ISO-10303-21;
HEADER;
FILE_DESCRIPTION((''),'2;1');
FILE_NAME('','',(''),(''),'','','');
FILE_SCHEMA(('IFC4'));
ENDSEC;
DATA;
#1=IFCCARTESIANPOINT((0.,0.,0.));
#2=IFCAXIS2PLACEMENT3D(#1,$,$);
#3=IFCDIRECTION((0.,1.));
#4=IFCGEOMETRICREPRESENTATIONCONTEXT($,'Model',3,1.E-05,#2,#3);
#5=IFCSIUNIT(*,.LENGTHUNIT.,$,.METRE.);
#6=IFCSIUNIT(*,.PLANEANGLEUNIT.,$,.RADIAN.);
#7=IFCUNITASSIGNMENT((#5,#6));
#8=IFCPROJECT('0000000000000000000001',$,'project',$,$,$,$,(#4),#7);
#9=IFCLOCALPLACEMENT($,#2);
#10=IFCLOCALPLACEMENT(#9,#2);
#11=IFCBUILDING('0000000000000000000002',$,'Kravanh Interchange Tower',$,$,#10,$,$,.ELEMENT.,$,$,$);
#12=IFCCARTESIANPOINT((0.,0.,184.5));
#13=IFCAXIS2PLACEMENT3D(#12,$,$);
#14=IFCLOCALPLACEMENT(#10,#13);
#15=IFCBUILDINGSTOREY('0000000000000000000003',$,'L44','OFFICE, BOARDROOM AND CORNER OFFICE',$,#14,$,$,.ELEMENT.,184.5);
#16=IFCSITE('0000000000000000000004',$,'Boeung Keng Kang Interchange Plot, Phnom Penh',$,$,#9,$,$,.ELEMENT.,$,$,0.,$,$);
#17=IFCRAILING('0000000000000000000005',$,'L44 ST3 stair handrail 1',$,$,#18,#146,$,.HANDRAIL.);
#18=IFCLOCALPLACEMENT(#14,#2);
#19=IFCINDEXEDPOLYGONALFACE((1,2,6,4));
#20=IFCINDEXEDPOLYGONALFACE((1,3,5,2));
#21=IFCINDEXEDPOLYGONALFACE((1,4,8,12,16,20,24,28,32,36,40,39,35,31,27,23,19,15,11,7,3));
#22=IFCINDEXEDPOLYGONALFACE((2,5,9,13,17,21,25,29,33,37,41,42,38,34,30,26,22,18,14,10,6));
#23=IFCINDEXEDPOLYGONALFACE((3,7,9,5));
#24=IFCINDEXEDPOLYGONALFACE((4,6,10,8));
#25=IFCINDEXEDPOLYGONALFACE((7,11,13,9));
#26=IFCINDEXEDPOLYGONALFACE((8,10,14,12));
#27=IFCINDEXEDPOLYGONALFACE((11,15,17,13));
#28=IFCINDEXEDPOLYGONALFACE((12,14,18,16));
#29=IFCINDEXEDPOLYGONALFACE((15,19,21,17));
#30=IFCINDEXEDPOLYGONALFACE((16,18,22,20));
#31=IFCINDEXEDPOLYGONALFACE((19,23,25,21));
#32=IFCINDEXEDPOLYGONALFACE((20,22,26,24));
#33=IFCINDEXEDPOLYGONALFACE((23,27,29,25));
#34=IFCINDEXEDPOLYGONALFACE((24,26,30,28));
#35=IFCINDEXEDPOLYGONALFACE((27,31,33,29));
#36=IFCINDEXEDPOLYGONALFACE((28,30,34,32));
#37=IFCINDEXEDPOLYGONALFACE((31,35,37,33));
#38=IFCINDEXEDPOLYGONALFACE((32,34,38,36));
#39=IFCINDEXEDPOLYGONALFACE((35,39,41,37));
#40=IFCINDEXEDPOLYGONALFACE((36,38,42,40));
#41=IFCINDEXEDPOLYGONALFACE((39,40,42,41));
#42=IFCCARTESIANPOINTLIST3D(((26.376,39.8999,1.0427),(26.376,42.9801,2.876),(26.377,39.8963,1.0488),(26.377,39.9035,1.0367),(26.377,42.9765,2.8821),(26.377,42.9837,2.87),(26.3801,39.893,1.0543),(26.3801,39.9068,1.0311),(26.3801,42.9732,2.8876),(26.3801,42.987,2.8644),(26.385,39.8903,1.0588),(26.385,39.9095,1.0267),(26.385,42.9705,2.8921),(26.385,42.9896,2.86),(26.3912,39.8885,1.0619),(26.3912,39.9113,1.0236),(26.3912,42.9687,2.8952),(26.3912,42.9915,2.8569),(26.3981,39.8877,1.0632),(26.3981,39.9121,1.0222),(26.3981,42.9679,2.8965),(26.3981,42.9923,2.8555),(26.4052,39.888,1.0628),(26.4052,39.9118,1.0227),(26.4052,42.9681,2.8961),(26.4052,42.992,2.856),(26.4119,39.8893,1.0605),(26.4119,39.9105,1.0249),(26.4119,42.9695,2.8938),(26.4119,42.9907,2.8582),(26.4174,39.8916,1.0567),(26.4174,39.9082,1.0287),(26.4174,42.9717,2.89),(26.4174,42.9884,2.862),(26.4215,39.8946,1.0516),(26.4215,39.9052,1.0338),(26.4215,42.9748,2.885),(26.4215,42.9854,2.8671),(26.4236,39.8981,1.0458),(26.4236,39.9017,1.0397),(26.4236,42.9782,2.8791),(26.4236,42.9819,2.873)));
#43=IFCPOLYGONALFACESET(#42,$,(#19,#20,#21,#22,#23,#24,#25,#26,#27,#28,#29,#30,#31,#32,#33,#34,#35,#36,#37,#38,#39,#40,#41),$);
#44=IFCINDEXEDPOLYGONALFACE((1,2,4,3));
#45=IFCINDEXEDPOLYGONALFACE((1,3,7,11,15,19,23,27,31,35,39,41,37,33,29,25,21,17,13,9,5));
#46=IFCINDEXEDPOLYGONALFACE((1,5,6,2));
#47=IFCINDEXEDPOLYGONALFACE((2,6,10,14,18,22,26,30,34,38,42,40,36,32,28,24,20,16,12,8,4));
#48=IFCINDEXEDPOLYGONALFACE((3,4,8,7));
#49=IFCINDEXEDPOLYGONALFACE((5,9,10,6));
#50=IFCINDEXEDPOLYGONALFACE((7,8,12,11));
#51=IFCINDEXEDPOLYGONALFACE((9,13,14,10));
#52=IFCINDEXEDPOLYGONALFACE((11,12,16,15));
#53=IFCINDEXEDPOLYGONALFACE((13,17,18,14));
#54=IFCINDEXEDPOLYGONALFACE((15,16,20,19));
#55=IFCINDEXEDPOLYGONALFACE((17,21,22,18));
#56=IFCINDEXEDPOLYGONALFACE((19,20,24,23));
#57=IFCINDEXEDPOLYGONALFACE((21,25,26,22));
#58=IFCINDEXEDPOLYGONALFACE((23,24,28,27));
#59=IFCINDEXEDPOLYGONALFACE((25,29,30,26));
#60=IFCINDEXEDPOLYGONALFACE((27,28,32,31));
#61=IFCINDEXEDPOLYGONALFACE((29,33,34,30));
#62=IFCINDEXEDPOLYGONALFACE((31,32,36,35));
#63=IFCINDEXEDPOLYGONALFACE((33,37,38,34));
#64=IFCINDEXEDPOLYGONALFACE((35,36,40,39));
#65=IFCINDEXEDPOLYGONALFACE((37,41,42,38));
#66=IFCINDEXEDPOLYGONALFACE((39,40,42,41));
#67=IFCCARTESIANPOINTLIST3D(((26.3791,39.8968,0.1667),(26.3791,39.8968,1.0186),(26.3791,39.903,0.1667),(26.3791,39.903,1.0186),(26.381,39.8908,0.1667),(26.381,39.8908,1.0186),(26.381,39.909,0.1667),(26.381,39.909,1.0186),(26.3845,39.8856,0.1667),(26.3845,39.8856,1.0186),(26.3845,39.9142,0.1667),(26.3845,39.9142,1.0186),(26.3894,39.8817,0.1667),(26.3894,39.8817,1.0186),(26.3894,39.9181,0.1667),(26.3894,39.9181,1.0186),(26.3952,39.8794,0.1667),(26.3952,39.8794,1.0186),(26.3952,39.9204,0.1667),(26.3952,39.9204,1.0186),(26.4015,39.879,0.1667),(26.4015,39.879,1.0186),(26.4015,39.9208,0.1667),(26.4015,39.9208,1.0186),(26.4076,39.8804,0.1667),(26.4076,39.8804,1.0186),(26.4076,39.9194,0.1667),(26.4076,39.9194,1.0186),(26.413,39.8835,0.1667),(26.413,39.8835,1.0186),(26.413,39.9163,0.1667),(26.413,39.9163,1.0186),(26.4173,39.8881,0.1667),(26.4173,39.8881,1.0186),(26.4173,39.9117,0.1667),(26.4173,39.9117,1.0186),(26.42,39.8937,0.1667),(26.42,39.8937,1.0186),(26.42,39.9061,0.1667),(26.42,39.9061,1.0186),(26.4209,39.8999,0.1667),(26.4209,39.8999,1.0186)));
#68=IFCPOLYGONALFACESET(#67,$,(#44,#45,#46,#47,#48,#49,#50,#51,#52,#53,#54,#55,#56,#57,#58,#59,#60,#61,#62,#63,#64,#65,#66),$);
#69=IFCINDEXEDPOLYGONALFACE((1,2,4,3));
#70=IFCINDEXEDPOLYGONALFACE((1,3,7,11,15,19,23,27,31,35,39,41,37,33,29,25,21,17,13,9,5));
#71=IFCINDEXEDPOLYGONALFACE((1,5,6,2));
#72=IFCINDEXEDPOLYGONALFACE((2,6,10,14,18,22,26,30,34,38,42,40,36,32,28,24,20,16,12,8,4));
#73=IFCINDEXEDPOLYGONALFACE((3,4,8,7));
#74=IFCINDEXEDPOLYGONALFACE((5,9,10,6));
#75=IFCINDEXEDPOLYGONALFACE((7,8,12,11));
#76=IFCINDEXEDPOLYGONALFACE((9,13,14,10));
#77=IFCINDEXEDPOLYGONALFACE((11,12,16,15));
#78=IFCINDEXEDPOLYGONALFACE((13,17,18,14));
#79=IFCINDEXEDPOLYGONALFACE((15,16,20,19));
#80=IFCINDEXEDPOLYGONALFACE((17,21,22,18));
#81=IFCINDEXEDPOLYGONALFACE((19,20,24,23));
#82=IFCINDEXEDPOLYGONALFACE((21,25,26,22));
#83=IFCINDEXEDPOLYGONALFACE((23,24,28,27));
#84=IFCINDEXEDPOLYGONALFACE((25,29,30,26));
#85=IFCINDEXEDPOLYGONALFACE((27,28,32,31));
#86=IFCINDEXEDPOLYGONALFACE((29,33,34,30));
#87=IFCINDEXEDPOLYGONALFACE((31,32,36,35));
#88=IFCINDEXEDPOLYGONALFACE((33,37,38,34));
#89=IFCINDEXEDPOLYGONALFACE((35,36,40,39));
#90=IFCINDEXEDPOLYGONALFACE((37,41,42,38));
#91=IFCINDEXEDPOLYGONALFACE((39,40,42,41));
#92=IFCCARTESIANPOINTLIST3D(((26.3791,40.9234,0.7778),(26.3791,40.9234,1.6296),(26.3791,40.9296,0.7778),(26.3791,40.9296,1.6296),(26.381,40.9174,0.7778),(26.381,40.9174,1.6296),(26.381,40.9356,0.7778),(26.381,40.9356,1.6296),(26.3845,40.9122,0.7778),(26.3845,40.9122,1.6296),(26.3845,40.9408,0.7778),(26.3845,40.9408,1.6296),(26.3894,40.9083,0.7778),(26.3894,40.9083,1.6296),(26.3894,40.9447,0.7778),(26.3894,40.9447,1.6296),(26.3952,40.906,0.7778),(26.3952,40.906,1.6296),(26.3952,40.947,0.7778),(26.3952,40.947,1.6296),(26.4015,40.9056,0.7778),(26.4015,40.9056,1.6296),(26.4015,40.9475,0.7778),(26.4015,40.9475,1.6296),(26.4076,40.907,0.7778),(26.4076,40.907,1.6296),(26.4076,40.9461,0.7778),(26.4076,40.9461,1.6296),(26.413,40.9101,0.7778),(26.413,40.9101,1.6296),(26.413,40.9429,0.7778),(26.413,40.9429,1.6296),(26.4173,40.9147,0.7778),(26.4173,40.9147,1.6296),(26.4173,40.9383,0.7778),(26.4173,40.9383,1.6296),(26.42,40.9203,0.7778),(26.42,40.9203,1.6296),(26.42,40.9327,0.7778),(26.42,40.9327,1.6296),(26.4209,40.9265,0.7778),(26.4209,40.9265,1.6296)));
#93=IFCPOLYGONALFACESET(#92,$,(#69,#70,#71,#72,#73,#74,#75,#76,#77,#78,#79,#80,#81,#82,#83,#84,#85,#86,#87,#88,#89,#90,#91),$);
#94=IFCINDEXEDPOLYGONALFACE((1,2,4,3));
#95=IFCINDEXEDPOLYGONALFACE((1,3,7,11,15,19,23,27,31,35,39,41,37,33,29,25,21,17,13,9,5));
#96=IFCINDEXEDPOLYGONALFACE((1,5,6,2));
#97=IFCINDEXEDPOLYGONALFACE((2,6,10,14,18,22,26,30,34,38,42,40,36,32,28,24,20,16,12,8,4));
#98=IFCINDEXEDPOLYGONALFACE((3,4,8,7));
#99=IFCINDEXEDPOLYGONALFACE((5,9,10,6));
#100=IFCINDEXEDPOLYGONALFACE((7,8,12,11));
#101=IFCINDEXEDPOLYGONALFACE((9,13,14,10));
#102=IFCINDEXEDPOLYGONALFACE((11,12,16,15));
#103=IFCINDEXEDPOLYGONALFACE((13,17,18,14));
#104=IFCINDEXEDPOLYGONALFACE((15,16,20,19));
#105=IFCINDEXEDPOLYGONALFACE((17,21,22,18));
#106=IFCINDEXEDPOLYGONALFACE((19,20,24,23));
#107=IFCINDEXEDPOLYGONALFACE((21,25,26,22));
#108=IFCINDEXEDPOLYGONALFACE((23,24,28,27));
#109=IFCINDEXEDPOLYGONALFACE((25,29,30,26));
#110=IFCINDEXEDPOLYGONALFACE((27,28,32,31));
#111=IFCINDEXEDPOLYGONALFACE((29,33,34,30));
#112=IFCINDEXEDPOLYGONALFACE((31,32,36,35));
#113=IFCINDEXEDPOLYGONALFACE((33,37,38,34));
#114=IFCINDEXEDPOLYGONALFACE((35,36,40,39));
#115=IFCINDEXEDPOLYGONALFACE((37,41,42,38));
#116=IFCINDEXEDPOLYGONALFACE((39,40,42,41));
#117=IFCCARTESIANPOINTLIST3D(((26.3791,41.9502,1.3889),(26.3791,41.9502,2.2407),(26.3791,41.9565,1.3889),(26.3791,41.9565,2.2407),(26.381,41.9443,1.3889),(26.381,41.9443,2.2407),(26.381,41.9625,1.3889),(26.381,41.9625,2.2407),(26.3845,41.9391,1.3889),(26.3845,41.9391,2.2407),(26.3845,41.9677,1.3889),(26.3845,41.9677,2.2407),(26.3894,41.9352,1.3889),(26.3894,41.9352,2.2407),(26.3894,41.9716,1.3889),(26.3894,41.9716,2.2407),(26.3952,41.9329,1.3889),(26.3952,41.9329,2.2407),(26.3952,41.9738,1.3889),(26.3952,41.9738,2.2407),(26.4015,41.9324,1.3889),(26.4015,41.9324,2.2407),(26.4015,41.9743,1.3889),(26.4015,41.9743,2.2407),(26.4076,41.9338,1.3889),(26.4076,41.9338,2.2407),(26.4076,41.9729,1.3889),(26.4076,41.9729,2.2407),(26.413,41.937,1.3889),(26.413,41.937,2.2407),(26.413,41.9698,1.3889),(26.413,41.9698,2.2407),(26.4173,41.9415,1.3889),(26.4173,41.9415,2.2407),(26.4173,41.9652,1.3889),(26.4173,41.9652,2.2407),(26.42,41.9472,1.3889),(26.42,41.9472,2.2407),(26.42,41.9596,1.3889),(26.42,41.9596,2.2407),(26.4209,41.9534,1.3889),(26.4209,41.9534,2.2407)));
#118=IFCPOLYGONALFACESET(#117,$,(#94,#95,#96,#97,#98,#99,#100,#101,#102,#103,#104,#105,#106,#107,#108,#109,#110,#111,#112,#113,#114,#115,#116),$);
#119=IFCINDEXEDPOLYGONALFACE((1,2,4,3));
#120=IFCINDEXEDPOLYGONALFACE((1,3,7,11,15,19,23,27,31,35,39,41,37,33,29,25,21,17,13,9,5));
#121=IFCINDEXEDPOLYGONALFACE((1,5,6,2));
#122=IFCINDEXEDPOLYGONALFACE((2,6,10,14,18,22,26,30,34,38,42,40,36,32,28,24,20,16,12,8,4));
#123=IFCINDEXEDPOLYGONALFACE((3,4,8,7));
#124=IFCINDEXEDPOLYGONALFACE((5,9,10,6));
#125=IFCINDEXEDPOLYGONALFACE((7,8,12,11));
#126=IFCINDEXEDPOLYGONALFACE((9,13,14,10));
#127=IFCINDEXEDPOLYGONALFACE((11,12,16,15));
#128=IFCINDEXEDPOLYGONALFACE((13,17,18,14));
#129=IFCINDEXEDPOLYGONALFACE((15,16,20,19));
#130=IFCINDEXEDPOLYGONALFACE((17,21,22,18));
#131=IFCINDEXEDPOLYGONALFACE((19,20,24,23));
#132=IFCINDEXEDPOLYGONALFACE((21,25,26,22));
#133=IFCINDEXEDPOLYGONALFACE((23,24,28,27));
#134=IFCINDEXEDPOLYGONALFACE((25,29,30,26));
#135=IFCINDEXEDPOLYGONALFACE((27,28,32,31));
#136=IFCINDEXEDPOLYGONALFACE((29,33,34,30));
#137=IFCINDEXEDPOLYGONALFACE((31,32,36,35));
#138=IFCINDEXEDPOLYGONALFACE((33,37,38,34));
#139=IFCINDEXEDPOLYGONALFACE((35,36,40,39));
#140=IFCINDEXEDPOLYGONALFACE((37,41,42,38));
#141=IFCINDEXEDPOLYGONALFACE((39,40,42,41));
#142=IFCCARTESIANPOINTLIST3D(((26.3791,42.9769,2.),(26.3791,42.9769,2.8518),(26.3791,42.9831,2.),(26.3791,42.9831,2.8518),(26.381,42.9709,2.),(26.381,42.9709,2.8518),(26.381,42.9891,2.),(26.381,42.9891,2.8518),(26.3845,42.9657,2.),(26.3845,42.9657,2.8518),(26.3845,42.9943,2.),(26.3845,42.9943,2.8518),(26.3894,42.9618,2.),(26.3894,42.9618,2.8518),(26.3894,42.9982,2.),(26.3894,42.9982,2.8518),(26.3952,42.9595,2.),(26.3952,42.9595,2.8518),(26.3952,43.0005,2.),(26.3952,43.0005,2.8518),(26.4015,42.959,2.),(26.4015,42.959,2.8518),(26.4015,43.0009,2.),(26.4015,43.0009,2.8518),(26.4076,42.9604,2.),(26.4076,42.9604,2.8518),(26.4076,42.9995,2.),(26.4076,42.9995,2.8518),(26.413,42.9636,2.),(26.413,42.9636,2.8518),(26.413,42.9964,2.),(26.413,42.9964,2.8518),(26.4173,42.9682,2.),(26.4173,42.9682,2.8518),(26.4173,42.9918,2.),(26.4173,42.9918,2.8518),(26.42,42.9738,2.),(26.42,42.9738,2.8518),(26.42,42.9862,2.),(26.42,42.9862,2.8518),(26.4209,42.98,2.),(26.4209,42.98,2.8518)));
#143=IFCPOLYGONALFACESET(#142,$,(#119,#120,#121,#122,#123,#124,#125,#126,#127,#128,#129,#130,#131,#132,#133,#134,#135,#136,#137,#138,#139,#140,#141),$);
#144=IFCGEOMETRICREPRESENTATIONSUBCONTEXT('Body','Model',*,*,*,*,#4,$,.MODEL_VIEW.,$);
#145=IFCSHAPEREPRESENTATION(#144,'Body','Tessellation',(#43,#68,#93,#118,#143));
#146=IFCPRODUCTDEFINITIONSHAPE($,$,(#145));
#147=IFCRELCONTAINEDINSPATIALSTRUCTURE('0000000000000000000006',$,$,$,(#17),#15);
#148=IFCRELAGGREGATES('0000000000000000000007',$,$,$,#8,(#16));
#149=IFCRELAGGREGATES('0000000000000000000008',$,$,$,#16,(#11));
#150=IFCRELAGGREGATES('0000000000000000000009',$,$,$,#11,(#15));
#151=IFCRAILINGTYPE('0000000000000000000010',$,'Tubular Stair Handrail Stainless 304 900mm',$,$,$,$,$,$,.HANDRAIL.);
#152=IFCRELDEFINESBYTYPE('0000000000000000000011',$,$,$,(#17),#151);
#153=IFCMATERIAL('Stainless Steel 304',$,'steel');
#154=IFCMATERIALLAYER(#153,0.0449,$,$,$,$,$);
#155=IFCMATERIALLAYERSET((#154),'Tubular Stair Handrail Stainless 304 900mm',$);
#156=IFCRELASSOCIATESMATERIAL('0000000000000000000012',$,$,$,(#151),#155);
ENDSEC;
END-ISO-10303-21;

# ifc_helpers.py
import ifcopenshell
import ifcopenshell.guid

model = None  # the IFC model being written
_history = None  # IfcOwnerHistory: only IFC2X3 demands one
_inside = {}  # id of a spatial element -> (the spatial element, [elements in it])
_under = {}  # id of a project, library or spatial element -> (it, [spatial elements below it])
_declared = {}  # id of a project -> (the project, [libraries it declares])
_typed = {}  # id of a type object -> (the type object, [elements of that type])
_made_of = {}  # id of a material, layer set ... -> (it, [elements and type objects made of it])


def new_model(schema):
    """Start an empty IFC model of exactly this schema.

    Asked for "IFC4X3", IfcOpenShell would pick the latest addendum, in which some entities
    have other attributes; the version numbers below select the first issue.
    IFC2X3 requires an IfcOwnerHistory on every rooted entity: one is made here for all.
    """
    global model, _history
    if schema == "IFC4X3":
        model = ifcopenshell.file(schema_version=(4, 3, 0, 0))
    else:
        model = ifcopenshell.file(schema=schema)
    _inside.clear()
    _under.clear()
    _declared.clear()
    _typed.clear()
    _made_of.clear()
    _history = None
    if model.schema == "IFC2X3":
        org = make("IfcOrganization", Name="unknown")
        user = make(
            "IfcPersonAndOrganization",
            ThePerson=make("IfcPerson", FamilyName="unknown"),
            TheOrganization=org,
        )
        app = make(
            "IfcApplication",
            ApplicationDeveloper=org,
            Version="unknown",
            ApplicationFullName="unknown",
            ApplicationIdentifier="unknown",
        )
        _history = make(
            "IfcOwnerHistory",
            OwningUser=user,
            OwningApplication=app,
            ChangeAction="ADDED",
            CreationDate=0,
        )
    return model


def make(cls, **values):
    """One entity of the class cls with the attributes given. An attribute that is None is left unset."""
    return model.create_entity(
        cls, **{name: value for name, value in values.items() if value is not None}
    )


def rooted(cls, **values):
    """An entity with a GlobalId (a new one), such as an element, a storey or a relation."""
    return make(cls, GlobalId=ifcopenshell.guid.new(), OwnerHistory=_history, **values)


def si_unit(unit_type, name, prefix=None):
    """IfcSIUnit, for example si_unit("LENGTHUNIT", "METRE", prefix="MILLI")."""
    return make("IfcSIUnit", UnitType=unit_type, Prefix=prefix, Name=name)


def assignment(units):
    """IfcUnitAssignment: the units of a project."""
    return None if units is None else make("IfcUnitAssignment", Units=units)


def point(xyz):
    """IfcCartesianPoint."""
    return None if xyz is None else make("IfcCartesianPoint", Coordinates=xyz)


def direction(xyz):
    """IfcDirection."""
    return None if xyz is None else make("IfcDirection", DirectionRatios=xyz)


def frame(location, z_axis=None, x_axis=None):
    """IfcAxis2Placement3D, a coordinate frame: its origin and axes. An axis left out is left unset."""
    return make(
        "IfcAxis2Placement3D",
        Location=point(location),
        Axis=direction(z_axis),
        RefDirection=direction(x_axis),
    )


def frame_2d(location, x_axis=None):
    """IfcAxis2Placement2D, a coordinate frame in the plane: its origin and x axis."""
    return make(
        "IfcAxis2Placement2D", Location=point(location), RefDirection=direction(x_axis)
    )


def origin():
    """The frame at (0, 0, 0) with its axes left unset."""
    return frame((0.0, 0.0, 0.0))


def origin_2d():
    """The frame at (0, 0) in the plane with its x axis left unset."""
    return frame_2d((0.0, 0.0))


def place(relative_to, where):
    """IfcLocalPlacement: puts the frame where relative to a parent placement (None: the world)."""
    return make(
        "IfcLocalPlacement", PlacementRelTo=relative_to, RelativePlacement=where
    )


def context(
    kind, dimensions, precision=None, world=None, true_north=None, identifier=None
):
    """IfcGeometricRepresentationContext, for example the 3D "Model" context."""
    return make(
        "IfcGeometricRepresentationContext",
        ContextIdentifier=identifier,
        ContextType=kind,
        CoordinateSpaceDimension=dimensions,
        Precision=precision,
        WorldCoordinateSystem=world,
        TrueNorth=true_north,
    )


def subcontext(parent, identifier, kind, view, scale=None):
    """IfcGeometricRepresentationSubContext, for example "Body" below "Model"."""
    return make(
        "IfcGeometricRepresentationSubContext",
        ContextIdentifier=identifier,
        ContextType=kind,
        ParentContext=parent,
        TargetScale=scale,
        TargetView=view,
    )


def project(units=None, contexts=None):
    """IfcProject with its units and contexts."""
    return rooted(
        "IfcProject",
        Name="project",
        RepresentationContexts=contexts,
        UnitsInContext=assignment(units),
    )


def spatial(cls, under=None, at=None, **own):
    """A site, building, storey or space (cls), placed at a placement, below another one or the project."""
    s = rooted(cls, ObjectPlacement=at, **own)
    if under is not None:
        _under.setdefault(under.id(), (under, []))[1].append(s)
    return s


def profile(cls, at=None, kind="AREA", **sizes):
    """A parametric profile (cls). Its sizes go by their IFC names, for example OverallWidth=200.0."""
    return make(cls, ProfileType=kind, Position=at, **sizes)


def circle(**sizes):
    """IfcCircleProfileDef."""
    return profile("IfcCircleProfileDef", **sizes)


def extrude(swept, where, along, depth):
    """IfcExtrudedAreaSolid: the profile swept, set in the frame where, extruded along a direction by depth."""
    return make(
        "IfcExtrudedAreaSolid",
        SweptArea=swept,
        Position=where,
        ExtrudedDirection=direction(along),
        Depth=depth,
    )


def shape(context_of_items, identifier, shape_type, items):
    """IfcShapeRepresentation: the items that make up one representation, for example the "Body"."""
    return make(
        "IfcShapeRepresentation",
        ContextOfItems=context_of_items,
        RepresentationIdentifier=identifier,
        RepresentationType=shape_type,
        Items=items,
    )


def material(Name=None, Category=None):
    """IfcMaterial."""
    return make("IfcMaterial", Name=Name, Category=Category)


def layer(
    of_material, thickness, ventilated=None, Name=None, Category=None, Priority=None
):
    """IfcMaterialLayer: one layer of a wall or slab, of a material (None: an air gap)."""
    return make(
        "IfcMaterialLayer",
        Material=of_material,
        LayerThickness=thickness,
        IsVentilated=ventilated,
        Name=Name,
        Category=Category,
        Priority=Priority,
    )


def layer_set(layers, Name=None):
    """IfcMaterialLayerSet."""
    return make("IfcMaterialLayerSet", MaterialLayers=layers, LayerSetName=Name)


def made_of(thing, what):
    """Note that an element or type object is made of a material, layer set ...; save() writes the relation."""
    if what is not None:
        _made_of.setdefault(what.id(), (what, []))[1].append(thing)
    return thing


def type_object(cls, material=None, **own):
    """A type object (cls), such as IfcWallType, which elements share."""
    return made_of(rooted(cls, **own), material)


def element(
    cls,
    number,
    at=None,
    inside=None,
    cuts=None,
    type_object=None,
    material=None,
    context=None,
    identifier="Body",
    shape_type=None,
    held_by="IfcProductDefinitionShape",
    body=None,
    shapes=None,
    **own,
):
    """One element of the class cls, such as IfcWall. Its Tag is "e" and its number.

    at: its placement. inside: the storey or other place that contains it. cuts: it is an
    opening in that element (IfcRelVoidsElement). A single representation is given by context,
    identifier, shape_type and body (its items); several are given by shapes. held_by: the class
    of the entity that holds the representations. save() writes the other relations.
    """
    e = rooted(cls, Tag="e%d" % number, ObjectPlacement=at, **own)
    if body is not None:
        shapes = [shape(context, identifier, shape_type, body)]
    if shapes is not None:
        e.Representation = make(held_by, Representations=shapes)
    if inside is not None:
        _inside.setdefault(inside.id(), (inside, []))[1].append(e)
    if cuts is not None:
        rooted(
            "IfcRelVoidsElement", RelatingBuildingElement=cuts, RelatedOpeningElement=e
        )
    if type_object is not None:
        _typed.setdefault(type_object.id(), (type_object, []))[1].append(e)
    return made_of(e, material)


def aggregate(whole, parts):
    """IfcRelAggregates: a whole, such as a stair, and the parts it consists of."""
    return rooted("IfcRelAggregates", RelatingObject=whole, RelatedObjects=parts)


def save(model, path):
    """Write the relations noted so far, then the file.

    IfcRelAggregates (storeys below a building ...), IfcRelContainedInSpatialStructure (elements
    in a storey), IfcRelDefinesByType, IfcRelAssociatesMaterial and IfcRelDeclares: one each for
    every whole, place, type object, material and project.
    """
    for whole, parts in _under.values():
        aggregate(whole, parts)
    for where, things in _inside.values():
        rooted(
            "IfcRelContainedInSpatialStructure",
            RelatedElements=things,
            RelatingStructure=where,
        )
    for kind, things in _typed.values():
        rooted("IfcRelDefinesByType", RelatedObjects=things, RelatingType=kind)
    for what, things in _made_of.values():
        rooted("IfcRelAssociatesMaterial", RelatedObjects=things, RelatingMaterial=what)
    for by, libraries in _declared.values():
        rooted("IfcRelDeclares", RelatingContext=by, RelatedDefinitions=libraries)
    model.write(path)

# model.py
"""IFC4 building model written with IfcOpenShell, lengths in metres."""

from ifc_helpers import new_model, si_unit, direction, frame, origin, origin_2d, place, context, subcontext, project, spatial, circle, extrude, material, layer, layer_set, type_object, element, save


model = new_model("IFC4")

# Units and contexts
model_context = context("Model", 3, precision=1e-05, world=origin(), true_north=direction((0.0, 1.0)))
body_context = subcontext(model_context, "Body", "Model", "MODEL_VIEW")
ifc_project = project(units=[si_unit("LENGTHUNIT", "METRE"), si_unit("PLANEANGLEUNIT", "RADIAN")], contexts=[model_context])

# Site, building, storey
site_placement = place(None, origin())
site = spatial("IfcSite", under=ifc_project, at=site_placement, Name="Boeung Keng Kang Interchange Plot, Phnom Penh", CompositionType="ELEMENT", RefElevation=0.0)
building_placement = place(site_placement, origin())
building = spatial("IfcBuilding", under=site, at=building_placement, Name="Kravanh Interchange Tower", CompositionType="ELEMENT")
storey_placement = place(building_placement, frame((0.0, 0.0, 184.5)))
storey = spatial("IfcBuildingStorey", under=building, at=storey_placement, Name="L44", Description="OFFICE, BOARDROOM AND CORNER OFFICE", CompositionType="ELEMENT", Elevation=184.5)

# Railing
ifc_material_1 = material(Name="Stainless Steel 304", Category="steel")
ifc_layer_1 = layer(ifc_material_1, 0.0449)
ifc_layer_set_1 = layer_set([ifc_layer_1], Name="Tubular Stair Handrail Stainless 304 900mm")
railing_type_1 = type_object("IfcRailingType", Name="Tubular Stair Handrail Stainless 304 900mm", PredefinedType="HANDRAIL", material=ifc_layer_set_1)
railing_1_placement = place(storey_placement, frame((26.3999, 39.8999, 0.1667)))
element("IfcRailing", 1, at=railing_1_placement, inside=storey, type_object=railing_type_1, Name="L44 ST3 stair handrail 1", PredefinedType="HANDRAIL", context=body_context, shape_type="SweptSolid", body=[
    extrude(circle(Radius=0.0239, at=origin_2d()), frame((0.0, 0.0, 0.876), z_axis=(0.0, 0.859309, 0.511458), x_axis=(-1.0, 0.0, 0.0)), (0.0, 0.0, 1.0), 3.5845),
    extrude(circle(Radius=0.021, at=origin_2d()), origin(), (0.0, 0.0, 1.0), 0.8518),
    extrude(circle(Radius=0.021, at=origin_2d()), frame((0.0, 1.0266, 0.6111)), (0.0, 0.0, 1.0), 0.8518),
    extrude(circle(Radius=0.021, at=origin_2d()), frame((0.0, 2.0535, 1.2222)), (0.0, 0.0, 1.0), 0.8518),
    extrude(circle(Radius=0.021, at=origin_2d()), frame((0.0, 3.0801, 1.8333)), (0.0, 0.0, 1.0), 0.8518),
])

save(model, "model.ifc")
